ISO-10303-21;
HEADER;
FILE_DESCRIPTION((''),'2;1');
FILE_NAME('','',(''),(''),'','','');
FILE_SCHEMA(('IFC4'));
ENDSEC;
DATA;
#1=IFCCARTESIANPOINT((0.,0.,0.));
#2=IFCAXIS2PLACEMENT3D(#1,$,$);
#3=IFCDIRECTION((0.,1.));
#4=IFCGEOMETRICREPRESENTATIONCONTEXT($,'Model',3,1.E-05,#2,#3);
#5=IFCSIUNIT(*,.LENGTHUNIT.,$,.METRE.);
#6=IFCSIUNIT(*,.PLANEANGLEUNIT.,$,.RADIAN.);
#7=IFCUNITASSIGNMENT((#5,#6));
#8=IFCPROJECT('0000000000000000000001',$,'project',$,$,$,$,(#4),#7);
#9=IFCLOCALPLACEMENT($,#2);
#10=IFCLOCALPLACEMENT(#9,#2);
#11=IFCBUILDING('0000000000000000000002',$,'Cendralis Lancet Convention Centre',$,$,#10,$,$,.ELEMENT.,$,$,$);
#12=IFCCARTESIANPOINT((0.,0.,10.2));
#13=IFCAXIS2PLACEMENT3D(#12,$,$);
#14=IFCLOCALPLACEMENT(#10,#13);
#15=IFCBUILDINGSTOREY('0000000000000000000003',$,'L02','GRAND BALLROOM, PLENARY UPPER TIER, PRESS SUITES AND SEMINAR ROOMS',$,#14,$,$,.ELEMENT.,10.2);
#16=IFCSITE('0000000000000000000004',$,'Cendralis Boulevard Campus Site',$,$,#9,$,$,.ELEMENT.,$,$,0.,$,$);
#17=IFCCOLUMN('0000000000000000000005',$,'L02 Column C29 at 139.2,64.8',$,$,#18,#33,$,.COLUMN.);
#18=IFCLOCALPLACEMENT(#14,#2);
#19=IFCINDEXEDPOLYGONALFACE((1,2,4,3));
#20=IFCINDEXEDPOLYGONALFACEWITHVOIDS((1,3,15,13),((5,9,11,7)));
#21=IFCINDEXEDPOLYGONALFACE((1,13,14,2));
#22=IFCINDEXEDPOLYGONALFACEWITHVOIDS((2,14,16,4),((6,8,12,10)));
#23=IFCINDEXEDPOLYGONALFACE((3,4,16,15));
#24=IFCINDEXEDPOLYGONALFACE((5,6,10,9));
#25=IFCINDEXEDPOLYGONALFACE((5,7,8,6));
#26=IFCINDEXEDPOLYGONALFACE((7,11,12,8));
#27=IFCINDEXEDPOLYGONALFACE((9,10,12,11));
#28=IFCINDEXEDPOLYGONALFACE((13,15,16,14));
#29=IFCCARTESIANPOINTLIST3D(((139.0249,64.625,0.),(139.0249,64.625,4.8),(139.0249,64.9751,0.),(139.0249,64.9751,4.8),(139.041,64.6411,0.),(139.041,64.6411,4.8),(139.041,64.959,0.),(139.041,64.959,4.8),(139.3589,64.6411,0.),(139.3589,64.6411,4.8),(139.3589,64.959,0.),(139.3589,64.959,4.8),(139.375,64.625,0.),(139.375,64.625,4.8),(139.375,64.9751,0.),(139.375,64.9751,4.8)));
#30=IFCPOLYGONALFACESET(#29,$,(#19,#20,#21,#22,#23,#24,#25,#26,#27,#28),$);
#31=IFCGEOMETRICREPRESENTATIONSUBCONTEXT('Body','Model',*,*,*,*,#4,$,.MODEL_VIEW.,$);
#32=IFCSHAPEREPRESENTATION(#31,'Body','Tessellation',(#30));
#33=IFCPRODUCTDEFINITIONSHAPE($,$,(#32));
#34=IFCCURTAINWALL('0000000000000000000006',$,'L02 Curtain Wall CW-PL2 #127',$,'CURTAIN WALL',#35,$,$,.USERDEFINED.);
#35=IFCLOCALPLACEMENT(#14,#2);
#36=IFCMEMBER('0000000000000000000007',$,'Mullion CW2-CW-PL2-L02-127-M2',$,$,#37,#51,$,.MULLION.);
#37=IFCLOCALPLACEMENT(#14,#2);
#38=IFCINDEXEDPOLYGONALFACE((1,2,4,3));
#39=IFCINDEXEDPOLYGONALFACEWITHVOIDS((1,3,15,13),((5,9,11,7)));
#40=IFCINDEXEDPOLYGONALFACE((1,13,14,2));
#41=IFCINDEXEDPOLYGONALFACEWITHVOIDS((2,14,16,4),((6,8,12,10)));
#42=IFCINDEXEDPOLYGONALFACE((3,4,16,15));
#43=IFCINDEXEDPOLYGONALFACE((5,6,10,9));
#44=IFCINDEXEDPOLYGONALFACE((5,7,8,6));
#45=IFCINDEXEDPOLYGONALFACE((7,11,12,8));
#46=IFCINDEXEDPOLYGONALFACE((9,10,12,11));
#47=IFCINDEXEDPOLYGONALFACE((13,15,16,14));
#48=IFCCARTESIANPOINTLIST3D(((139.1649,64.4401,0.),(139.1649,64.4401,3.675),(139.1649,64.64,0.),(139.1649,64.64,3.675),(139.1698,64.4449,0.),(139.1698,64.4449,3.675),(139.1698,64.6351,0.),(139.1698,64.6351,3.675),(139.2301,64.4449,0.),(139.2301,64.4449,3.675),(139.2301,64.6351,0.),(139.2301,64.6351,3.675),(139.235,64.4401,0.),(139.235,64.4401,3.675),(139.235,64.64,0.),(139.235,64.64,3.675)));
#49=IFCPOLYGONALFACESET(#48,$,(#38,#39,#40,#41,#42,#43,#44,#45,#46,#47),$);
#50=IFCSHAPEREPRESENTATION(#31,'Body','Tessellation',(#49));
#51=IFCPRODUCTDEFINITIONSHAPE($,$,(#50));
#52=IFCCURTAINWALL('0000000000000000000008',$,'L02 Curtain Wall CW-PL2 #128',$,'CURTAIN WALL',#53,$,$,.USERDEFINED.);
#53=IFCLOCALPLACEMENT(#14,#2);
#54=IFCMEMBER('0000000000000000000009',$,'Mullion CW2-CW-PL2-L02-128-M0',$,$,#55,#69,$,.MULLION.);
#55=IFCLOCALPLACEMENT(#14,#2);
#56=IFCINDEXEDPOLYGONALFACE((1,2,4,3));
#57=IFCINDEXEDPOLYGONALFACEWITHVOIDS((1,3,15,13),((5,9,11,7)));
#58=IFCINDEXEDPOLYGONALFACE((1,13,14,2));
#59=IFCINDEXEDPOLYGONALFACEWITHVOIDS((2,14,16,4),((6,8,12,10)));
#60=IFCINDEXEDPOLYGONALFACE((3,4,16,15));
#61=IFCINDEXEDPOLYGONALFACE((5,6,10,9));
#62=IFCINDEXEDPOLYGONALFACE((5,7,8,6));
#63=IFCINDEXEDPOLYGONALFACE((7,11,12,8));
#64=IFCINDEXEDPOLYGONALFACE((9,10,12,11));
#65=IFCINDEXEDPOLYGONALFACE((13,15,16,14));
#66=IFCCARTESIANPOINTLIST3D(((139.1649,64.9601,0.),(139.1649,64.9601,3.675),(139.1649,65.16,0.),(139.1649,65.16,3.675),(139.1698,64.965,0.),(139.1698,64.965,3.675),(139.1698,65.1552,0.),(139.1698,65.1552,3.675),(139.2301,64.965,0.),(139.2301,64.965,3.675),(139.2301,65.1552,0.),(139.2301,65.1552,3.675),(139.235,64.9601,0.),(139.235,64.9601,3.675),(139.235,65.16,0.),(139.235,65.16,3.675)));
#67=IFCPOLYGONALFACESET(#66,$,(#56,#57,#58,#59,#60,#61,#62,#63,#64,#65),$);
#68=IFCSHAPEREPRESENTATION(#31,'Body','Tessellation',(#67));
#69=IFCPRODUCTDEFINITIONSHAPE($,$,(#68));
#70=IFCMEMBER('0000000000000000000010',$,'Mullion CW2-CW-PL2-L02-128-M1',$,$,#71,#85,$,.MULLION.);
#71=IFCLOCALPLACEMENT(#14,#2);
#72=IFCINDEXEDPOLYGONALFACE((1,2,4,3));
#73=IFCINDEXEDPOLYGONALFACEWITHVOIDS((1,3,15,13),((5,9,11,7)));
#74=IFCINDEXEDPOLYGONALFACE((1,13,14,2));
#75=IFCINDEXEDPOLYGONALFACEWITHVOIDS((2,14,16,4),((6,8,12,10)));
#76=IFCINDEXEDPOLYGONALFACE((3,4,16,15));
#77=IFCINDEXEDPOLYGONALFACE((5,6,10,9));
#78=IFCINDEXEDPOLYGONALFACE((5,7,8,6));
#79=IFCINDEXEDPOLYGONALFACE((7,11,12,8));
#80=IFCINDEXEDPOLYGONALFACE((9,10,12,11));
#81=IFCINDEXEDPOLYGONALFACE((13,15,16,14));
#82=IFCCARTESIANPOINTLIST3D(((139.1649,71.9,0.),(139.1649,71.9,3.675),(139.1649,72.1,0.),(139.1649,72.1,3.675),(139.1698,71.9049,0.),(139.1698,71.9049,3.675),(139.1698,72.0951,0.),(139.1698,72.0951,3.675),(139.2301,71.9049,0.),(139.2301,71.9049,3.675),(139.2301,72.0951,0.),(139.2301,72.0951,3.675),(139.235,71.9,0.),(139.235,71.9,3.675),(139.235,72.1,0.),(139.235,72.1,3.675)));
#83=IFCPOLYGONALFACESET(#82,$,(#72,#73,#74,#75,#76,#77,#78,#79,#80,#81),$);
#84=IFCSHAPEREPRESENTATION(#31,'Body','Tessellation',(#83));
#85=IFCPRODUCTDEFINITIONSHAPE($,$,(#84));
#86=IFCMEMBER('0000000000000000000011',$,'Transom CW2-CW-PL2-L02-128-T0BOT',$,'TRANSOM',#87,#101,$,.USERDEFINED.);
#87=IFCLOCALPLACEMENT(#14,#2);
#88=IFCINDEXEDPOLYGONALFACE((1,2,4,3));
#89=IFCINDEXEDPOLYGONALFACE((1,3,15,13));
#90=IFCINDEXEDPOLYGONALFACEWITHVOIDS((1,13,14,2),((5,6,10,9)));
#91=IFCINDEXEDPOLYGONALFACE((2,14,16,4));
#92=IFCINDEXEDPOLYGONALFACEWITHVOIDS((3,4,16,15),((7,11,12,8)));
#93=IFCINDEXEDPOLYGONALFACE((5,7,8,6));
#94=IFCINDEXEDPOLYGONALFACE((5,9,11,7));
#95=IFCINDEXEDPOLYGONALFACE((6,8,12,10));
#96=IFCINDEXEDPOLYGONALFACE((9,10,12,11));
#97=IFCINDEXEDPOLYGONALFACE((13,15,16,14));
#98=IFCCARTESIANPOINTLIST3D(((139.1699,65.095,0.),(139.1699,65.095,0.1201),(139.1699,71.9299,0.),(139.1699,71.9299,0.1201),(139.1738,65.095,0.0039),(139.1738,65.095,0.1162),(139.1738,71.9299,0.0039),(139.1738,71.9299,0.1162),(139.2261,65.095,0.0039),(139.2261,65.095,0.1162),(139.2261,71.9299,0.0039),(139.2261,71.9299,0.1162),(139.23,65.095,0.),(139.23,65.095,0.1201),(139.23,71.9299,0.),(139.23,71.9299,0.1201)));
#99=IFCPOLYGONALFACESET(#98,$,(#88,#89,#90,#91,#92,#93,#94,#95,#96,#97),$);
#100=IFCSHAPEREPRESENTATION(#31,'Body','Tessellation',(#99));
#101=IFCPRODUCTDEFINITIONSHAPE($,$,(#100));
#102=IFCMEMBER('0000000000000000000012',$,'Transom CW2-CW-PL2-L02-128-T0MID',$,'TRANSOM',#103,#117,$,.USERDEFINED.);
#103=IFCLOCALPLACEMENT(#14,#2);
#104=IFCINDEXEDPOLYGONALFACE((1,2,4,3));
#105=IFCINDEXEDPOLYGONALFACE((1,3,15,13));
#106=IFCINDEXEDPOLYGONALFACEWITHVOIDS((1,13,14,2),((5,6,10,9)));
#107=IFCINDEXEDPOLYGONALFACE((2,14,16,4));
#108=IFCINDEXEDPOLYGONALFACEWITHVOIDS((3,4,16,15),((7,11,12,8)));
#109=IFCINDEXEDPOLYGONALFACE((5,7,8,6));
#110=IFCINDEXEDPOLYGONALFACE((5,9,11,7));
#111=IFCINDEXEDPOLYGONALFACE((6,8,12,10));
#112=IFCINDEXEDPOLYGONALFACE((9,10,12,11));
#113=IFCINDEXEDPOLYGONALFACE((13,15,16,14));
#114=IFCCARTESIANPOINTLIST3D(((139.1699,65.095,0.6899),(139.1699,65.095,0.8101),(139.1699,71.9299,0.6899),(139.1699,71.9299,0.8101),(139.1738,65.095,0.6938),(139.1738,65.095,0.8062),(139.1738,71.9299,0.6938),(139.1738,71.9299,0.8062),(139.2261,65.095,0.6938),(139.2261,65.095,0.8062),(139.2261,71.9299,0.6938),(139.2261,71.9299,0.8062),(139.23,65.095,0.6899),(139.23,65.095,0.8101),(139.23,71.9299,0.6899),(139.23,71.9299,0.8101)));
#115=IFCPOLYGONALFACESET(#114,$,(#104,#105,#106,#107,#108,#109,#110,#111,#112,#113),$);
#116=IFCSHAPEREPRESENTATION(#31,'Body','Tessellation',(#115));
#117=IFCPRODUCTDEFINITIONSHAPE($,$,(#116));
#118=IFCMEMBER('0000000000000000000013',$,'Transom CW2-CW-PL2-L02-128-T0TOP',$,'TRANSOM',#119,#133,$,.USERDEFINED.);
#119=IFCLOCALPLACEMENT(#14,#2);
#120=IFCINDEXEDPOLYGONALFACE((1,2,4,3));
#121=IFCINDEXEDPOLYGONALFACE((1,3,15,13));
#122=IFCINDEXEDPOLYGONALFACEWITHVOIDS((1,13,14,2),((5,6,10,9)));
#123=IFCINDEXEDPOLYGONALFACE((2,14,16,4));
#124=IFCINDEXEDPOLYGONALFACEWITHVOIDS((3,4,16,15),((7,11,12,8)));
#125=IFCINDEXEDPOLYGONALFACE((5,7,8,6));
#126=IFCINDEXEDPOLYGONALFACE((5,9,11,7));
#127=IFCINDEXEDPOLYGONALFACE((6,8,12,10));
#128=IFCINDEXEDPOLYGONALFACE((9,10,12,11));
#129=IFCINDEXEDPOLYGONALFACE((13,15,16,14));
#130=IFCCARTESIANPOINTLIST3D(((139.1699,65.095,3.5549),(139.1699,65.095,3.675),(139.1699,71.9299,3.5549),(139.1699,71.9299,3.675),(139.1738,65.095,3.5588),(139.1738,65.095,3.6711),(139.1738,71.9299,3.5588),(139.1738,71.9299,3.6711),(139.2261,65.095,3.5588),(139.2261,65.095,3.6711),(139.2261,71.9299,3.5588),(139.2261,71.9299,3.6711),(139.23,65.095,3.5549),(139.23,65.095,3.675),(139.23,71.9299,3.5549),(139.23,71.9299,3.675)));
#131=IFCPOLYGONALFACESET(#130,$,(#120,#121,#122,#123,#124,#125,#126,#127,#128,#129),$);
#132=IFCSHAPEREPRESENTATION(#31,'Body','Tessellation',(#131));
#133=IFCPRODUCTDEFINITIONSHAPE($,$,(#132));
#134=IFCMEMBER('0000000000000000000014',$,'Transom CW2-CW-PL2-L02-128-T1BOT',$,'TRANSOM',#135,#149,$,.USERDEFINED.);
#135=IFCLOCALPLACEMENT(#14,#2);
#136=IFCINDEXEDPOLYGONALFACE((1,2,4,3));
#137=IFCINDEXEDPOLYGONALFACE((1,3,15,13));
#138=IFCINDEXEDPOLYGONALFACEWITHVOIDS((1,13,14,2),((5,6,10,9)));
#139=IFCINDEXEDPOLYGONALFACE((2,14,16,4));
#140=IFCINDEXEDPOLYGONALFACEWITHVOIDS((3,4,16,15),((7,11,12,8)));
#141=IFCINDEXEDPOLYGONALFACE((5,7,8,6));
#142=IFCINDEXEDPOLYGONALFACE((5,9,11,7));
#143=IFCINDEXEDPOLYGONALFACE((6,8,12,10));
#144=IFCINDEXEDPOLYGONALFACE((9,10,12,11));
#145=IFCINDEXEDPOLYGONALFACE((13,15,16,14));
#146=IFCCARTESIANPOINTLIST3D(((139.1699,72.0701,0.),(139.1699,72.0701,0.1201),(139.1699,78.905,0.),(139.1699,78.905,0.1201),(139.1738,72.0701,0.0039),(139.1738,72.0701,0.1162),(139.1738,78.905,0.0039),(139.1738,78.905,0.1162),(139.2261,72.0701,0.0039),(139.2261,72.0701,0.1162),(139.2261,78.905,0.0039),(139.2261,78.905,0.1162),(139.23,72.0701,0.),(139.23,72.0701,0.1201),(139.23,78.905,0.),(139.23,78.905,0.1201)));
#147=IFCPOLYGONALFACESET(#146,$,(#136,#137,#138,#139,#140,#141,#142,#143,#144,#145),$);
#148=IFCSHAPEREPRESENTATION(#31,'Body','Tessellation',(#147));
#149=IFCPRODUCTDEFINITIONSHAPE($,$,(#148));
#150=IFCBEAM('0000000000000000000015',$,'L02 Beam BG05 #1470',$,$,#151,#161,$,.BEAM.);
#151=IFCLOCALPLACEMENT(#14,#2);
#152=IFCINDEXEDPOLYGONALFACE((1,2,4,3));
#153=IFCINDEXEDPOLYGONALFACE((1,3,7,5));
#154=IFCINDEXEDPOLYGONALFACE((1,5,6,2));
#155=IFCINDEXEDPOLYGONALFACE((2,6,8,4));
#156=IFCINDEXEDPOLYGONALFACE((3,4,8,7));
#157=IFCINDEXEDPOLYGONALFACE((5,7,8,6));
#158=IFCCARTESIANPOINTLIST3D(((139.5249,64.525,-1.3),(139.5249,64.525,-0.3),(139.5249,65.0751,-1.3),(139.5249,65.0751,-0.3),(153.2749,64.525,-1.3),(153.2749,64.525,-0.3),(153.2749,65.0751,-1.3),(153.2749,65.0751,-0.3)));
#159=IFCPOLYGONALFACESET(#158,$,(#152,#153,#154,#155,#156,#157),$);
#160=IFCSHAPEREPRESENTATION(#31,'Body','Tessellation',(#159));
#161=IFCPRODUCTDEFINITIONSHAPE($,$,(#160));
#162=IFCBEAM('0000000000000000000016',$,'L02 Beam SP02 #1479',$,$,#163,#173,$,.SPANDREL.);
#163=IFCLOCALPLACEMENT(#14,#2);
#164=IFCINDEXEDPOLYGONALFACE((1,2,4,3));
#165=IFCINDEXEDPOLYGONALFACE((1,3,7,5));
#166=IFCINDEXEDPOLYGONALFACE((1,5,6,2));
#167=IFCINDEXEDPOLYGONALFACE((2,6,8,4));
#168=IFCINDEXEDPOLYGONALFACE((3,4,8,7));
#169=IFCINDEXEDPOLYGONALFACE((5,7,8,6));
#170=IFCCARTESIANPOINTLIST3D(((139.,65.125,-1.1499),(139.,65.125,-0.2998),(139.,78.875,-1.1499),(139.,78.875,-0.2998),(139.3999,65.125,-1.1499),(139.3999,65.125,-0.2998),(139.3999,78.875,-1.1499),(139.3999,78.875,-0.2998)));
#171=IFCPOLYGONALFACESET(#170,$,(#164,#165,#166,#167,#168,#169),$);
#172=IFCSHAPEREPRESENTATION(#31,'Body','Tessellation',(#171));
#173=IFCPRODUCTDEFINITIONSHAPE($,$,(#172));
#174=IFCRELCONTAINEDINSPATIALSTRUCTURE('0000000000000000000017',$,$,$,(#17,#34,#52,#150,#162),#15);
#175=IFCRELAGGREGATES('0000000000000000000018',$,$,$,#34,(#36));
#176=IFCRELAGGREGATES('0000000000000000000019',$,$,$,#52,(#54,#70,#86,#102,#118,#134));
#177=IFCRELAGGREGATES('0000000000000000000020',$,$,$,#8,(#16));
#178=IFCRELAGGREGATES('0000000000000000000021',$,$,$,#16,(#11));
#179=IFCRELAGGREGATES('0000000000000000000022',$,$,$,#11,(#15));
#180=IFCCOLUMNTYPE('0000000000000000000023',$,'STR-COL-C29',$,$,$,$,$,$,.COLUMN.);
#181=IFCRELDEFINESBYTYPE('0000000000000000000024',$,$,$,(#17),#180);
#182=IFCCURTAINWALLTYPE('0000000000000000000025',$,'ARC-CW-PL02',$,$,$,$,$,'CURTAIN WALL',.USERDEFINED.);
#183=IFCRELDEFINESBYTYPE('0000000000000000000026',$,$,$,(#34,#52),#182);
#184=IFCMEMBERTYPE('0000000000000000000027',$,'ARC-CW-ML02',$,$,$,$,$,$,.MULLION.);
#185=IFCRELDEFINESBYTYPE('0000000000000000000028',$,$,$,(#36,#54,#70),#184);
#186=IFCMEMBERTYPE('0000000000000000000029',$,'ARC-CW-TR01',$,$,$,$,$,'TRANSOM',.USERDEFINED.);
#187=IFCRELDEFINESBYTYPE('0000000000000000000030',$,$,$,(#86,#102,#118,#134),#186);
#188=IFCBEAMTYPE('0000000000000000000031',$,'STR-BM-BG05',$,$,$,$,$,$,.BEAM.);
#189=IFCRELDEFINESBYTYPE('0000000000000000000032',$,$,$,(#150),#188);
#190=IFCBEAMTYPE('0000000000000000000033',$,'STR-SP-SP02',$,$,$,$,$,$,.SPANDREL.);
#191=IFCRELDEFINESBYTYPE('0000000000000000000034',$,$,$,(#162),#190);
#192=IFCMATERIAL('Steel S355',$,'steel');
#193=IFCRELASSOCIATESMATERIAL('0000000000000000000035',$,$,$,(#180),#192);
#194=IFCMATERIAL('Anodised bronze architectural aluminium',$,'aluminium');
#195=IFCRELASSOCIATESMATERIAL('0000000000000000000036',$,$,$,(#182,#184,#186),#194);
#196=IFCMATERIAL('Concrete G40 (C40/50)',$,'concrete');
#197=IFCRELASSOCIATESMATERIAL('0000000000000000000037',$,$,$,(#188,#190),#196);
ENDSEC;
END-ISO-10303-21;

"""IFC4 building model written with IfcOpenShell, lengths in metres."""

from ifc_helpers import new_model, si_unit, direction, frame, origin, origin_2d, place, context, subcontext, project, spatial, rectangle, hollow_rectangle, extrude, material, material_profile, profile_set, type_object, element, aggregate, save


model = new_model("IFC4")

# Units and contexts
model_context = context("Model", 3, precision=1e-05, world=origin(), true_north=direction((0.0, 1.0)))
body_context = subcontext(model_context, "Body", "Model", "MODEL_VIEW")
ifc_project = project(units=[si_unit("LENGTHUNIT", "METRE"), si_unit("PLANEANGLEUNIT", "RADIAN")], contexts=[model_context])

# Site, building, storey
site_placement = place(None, origin())
site = spatial("IfcSite", under=ifc_project, at=site_placement, Name="Cendralis Boulevard Campus Site", CompositionType="ELEMENT", RefElevation=0.0)
building_placement = place(site_placement, origin())
building = spatial("IfcBuilding", under=site, at=building_placement, Name="Cendralis Lancet Convention Centre", CompositionType="ELEMENT")
storey_placement = place(building_placement, frame((0.0, 0.0, 10.2)))
storey = spatial("IfcBuildingStorey", under=building, at=storey_placement, Name="L02", Description="GRAND BALLROOM, PLENARY UPPER TIER, PRESS SUITES AND SEMINAR ROOMS", CompositionType="ELEMENT", Elevation=10.2)

# Column
ifc_material_1 = material(Name="Steel S355", Category="steel")
ifc_material_profile_1 = material_profile(ifc_material_1, hollow_rectangle(XDim=0.3501, YDim=0.3501, WallThickness=0.0161, at=origin_2d()), Name="SHS 350x350x16.0")
ifc_profile_set_1 = profile_set([ifc_material_profile_1], Name="Steel S355")
column_type = type_object("IfcColumnType", Name="STR-COL-C29", PredefinedType="COLUMN", material=ifc_profile_set_1)
column_placement = place(storey_placement, frame((139.2, 64.8, 0.0), z_axis=(0.0, 0.0, 1.0), x_axis=(1.0, 0.0, 0.0)))
element("IfcColumn", 1, at=column_placement, inside=storey, type_object=column_type, Name="L02 Column C29 at 139.2,64.8", PredefinedType="COLUMN", context=body_context, shape_type="SweptSolid", body=[
    extrude(hollow_rectangle(XDim=0.3501, YDim=0.3501, WallThickness=0.0161, at=origin_2d()), origin(), (0.0, 0.0, 1.0), 4.8),
])

# Curtain wall, member
ifc_material_2 = material(Name="Anodised bronze architectural aluminium", Category="aluminium")
curtain_wall_type = type_object("IfcCurtainWallType", Name="ARC-CW-PL02", ElementType="CURTAIN WALL", PredefinedType="USERDEFINED", material=ifc_material_2)
curtain_wall_1_placement = place(storey_placement, origin())
curtain_wall_1 = element("IfcCurtainWall", 2, at=curtain_wall_1_placement, inside=storey, type_object=curtain_wall_type, Name="L02 Curtain Wall CW-PL2 #127", ObjectType="CURTAIN WALL", PredefinedType="USERDEFINED")
ifc_material_profile_2 = material_profile(ifc_material_2, hollow_rectangle(XDim=0.0701, YDim=0.2, WallThickness=0.0049, at=origin_2d()), Name="AL-MULL 70x200x5.0")
ifc_profile_set_2 = profile_set([ifc_material_profile_2], Name="Anodised bronze architectural aluminium")
member_type_1 = type_object("IfcMemberType", Name="ARC-CW-ML02", PredefinedType="MULLION", material=ifc_profile_set_2)
member_1_placement = place(storey_placement, frame((139.2, 64.54, 0.0), z_axis=(0.0, 0.0, 1.0), x_axis=(1.0, 0.0, 0.0)))
member_1 = element("IfcMember", 3, at=member_1_placement, type_object=member_type_1, Name="Mullion CW2-CW-PL2-L02-127-M2", PredefinedType="MULLION", context=body_context, shape_type="SweptSolid", body=[
    extrude(hollow_rectangle(XDim=0.0701, YDim=0.2, WallThickness=0.0049, at=origin_2d()), origin(), (0.0, 0.0, 1.0), 3.675),
])

# Curtain wall, members
curtain_wall_2_placement = place(storey_placement, origin())
curtain_wall_2 = element("IfcCurtainWall", 4, at=curtain_wall_2_placement, inside=storey, type_object=curtain_wall_type, Name="L02 Curtain Wall CW-PL2 #128", ObjectType="CURTAIN WALL", PredefinedType="USERDEFINED")
member_2_placement = place(storey_placement, frame((139.2, 65.0601, 0.0), z_axis=(0.0, 0.0, 1.0), x_axis=(1.0, 0.0, 0.0)))
member_2 = element("IfcMember", 5, at=member_2_placement, type_object=member_type_1, Name="Mullion CW2-CW-PL2-L02-128-M0", PredefinedType="MULLION", context=body_context, shape_type="SweptSolid", body=[
    extrude(hollow_rectangle(XDim=0.0701, YDim=0.2, WallThickness=0.0049, at=origin_2d()), origin(), (0.0, 0.0, 1.0), 3.675),
])
member_3_placement = place(storey_placement, frame((139.2, 72.0, 0.0), z_axis=(0.0, 0.0, 1.0), x_axis=(1.0, 0.0, 0.0)))
member_3 = element("IfcMember", 6, at=member_3_placement, type_object=member_type_1, Name="Mullion CW2-CW-PL2-L02-128-M1", PredefinedType="MULLION", context=body_context, shape_type="SweptSolid", body=[
    extrude(hollow_rectangle(XDim=0.0701, YDim=0.2, WallThickness=0.0049, at=origin_2d()), origin(), (0.0, 0.0, 1.0), 3.675),
])
ifc_material_profile_3 = material_profile(ifc_material_2, hollow_rectangle(XDim=0.0601, YDim=0.1201, WallThickness=0.0039, at=origin_2d()), Name="AL-TRAN 60x120x4.0")
ifc_profile_set_3 = profile_set([ifc_material_profile_3], Name="Anodised bronze architectural aluminium")
member_type_2 = type_object("IfcMemberType", Name="ARC-CW-TR01", ElementType="TRANSOM", PredefinedType="USERDEFINED", material=ifc_profile_set_3)
member_4_placement = place(storey_placement, frame((139.2, 65.095, 0.0601), z_axis=(0.0, 1.0, 0.0), x_axis=(-1.0, 0.0, 0.0)))
member_4 = element("IfcMember", 7, at=member_4_placement, type_object=member_type_2, Name="Transom CW2-CW-PL2-L02-128-T0BOT", ObjectType="TRANSOM", PredefinedType="USERDEFINED", context=body_context, shape_type="SweptSolid", body=[
    extrude(hollow_rectangle(XDim=0.0601, YDim=0.1201, WallThickness=0.0039, at=origin_2d()), origin(), (0.0, 0.0, 1.0), 6.835),
])
member_5_placement = place(storey_placement, frame((139.2, 65.095, 0.75), z_axis=(0.0, 1.0, 0.0), x_axis=(-1.0, 0.0, 0.0)))
member_5 = element("IfcMember", 8, at=member_5_placement, type_object=member_type_2, Name="Transom CW2-CW-PL2-L02-128-T0MID", ObjectType="TRANSOM", PredefinedType="USERDEFINED", context=body_context, shape_type="SweptSolid", body=[
    extrude(hollow_rectangle(XDim=0.0601, YDim=0.1201, WallThickness=0.0039, at=origin_2d()), origin(), (0.0, 0.0, 1.0), 6.835),
])
member_6_placement = place(storey_placement, frame((139.2, 65.095, 3.615), z_axis=(0.0, 1.0, 0.0), x_axis=(-1.0, 0.0, 0.0)))
member_6 = element("IfcMember", 9, at=member_6_placement, type_object=member_type_2, Name="Transom CW2-CW-PL2-L02-128-T0TOP", ObjectType="TRANSOM", PredefinedType="USERDEFINED", context=body_context, shape_type="SweptSolid", body=[
    extrude(hollow_rectangle(XDim=0.0601, YDim=0.1201, WallThickness=0.0039, at=origin_2d()), origin(), (0.0, 0.0, 1.0), 6.835),
])
member_7_placement = place(storey_placement, frame((139.2, 72.0701, 0.0601), z_axis=(0.0, 1.0, 0.0), x_axis=(-1.0, 0.0, 0.0)))
member_7 = element("IfcMember", 10, at=member_7_placement, type_object=member_type_2, Name="Transom CW2-CW-PL2-L02-128-T1BOT", ObjectType="TRANSOM", PredefinedType="USERDEFINED", context=body_context, shape_type="SweptSolid", body=[
    extrude(hollow_rectangle(XDim=0.0601, YDim=0.1201, WallThickness=0.0039, at=origin_2d()), origin(), (0.0, 0.0, 1.0), 6.835),
])

# Beams
ifc_material_3 = material(Name="Concrete G40 (C40/50)", Category="concrete")
ifc_material_profile_4 = material_profile(ifc_material_3, rectangle(XDim=0.55, YDim=1.0, at=origin_2d()), Name="RCB 550x1000")
ifc_profile_set_4 = profile_set([ifc_material_profile_4], Name="Concrete G40 (C40/50)")
beam_type_1 = type_object("IfcBeamType", Name="STR-BM-BG05", PredefinedType="BEAM", material=ifc_profile_set_4)
beam_1_placement = place(storey_placement, frame((139.5249, 64.8, -0.8), z_axis=(1.0, 0.0, 0.0), x_axis=(0.0, 1.0, 0.0)))
element("IfcBeam", 11, at=beam_1_placement, inside=storey, type_object=beam_type_1, Name="L02 Beam BG05 #1470", PredefinedType="BEAM", context=body_context, shape_type="SweptSolid", body=[
    extrude(rectangle(XDim=0.55, YDim=1.0, at=origin_2d()), origin(), (0.0, 0.0, 1.0), 13.75),
])
ifc_material_profile_5 = material_profile(ifc_material_3, rectangle(XDim=0.3999, YDim=0.8501, at=origin_2d()), Name="RCB 400x850")
ifc_profile_set_5 = profile_set([ifc_material_profile_5], Name="Concrete G40 (C40/50)")
beam_type_2 = type_object("IfcBeamType", Name="STR-SP-SP02", PredefinedType="SPANDREL", material=ifc_profile_set_5)
beam_2_placement = place(storey_placement, frame((139.2, 65.125, -0.7249), z_axis=(0.0, 1.0, 0.0), x_axis=(-1.0, 0.0, 0.0)))
element("IfcBeam", 12, at=beam_2_placement, inside=storey, type_object=beam_type_2, Name="L02 Beam SP02 #1479", PredefinedType="SPANDREL", context=body_context, shape_type="SweptSolid", body=[
    extrude(rectangle(XDim=0.3999, YDim=0.8501, at=origin_2d()), origin(), (0.0, 0.0, 1.0), 13.75),
])

aggregate(curtain_wall_1, [member_1])
aggregate(curtain_wall_2, [member_2, member_3, member_4, member_5, member_6, member_7])

save(model, "model.ifc")
